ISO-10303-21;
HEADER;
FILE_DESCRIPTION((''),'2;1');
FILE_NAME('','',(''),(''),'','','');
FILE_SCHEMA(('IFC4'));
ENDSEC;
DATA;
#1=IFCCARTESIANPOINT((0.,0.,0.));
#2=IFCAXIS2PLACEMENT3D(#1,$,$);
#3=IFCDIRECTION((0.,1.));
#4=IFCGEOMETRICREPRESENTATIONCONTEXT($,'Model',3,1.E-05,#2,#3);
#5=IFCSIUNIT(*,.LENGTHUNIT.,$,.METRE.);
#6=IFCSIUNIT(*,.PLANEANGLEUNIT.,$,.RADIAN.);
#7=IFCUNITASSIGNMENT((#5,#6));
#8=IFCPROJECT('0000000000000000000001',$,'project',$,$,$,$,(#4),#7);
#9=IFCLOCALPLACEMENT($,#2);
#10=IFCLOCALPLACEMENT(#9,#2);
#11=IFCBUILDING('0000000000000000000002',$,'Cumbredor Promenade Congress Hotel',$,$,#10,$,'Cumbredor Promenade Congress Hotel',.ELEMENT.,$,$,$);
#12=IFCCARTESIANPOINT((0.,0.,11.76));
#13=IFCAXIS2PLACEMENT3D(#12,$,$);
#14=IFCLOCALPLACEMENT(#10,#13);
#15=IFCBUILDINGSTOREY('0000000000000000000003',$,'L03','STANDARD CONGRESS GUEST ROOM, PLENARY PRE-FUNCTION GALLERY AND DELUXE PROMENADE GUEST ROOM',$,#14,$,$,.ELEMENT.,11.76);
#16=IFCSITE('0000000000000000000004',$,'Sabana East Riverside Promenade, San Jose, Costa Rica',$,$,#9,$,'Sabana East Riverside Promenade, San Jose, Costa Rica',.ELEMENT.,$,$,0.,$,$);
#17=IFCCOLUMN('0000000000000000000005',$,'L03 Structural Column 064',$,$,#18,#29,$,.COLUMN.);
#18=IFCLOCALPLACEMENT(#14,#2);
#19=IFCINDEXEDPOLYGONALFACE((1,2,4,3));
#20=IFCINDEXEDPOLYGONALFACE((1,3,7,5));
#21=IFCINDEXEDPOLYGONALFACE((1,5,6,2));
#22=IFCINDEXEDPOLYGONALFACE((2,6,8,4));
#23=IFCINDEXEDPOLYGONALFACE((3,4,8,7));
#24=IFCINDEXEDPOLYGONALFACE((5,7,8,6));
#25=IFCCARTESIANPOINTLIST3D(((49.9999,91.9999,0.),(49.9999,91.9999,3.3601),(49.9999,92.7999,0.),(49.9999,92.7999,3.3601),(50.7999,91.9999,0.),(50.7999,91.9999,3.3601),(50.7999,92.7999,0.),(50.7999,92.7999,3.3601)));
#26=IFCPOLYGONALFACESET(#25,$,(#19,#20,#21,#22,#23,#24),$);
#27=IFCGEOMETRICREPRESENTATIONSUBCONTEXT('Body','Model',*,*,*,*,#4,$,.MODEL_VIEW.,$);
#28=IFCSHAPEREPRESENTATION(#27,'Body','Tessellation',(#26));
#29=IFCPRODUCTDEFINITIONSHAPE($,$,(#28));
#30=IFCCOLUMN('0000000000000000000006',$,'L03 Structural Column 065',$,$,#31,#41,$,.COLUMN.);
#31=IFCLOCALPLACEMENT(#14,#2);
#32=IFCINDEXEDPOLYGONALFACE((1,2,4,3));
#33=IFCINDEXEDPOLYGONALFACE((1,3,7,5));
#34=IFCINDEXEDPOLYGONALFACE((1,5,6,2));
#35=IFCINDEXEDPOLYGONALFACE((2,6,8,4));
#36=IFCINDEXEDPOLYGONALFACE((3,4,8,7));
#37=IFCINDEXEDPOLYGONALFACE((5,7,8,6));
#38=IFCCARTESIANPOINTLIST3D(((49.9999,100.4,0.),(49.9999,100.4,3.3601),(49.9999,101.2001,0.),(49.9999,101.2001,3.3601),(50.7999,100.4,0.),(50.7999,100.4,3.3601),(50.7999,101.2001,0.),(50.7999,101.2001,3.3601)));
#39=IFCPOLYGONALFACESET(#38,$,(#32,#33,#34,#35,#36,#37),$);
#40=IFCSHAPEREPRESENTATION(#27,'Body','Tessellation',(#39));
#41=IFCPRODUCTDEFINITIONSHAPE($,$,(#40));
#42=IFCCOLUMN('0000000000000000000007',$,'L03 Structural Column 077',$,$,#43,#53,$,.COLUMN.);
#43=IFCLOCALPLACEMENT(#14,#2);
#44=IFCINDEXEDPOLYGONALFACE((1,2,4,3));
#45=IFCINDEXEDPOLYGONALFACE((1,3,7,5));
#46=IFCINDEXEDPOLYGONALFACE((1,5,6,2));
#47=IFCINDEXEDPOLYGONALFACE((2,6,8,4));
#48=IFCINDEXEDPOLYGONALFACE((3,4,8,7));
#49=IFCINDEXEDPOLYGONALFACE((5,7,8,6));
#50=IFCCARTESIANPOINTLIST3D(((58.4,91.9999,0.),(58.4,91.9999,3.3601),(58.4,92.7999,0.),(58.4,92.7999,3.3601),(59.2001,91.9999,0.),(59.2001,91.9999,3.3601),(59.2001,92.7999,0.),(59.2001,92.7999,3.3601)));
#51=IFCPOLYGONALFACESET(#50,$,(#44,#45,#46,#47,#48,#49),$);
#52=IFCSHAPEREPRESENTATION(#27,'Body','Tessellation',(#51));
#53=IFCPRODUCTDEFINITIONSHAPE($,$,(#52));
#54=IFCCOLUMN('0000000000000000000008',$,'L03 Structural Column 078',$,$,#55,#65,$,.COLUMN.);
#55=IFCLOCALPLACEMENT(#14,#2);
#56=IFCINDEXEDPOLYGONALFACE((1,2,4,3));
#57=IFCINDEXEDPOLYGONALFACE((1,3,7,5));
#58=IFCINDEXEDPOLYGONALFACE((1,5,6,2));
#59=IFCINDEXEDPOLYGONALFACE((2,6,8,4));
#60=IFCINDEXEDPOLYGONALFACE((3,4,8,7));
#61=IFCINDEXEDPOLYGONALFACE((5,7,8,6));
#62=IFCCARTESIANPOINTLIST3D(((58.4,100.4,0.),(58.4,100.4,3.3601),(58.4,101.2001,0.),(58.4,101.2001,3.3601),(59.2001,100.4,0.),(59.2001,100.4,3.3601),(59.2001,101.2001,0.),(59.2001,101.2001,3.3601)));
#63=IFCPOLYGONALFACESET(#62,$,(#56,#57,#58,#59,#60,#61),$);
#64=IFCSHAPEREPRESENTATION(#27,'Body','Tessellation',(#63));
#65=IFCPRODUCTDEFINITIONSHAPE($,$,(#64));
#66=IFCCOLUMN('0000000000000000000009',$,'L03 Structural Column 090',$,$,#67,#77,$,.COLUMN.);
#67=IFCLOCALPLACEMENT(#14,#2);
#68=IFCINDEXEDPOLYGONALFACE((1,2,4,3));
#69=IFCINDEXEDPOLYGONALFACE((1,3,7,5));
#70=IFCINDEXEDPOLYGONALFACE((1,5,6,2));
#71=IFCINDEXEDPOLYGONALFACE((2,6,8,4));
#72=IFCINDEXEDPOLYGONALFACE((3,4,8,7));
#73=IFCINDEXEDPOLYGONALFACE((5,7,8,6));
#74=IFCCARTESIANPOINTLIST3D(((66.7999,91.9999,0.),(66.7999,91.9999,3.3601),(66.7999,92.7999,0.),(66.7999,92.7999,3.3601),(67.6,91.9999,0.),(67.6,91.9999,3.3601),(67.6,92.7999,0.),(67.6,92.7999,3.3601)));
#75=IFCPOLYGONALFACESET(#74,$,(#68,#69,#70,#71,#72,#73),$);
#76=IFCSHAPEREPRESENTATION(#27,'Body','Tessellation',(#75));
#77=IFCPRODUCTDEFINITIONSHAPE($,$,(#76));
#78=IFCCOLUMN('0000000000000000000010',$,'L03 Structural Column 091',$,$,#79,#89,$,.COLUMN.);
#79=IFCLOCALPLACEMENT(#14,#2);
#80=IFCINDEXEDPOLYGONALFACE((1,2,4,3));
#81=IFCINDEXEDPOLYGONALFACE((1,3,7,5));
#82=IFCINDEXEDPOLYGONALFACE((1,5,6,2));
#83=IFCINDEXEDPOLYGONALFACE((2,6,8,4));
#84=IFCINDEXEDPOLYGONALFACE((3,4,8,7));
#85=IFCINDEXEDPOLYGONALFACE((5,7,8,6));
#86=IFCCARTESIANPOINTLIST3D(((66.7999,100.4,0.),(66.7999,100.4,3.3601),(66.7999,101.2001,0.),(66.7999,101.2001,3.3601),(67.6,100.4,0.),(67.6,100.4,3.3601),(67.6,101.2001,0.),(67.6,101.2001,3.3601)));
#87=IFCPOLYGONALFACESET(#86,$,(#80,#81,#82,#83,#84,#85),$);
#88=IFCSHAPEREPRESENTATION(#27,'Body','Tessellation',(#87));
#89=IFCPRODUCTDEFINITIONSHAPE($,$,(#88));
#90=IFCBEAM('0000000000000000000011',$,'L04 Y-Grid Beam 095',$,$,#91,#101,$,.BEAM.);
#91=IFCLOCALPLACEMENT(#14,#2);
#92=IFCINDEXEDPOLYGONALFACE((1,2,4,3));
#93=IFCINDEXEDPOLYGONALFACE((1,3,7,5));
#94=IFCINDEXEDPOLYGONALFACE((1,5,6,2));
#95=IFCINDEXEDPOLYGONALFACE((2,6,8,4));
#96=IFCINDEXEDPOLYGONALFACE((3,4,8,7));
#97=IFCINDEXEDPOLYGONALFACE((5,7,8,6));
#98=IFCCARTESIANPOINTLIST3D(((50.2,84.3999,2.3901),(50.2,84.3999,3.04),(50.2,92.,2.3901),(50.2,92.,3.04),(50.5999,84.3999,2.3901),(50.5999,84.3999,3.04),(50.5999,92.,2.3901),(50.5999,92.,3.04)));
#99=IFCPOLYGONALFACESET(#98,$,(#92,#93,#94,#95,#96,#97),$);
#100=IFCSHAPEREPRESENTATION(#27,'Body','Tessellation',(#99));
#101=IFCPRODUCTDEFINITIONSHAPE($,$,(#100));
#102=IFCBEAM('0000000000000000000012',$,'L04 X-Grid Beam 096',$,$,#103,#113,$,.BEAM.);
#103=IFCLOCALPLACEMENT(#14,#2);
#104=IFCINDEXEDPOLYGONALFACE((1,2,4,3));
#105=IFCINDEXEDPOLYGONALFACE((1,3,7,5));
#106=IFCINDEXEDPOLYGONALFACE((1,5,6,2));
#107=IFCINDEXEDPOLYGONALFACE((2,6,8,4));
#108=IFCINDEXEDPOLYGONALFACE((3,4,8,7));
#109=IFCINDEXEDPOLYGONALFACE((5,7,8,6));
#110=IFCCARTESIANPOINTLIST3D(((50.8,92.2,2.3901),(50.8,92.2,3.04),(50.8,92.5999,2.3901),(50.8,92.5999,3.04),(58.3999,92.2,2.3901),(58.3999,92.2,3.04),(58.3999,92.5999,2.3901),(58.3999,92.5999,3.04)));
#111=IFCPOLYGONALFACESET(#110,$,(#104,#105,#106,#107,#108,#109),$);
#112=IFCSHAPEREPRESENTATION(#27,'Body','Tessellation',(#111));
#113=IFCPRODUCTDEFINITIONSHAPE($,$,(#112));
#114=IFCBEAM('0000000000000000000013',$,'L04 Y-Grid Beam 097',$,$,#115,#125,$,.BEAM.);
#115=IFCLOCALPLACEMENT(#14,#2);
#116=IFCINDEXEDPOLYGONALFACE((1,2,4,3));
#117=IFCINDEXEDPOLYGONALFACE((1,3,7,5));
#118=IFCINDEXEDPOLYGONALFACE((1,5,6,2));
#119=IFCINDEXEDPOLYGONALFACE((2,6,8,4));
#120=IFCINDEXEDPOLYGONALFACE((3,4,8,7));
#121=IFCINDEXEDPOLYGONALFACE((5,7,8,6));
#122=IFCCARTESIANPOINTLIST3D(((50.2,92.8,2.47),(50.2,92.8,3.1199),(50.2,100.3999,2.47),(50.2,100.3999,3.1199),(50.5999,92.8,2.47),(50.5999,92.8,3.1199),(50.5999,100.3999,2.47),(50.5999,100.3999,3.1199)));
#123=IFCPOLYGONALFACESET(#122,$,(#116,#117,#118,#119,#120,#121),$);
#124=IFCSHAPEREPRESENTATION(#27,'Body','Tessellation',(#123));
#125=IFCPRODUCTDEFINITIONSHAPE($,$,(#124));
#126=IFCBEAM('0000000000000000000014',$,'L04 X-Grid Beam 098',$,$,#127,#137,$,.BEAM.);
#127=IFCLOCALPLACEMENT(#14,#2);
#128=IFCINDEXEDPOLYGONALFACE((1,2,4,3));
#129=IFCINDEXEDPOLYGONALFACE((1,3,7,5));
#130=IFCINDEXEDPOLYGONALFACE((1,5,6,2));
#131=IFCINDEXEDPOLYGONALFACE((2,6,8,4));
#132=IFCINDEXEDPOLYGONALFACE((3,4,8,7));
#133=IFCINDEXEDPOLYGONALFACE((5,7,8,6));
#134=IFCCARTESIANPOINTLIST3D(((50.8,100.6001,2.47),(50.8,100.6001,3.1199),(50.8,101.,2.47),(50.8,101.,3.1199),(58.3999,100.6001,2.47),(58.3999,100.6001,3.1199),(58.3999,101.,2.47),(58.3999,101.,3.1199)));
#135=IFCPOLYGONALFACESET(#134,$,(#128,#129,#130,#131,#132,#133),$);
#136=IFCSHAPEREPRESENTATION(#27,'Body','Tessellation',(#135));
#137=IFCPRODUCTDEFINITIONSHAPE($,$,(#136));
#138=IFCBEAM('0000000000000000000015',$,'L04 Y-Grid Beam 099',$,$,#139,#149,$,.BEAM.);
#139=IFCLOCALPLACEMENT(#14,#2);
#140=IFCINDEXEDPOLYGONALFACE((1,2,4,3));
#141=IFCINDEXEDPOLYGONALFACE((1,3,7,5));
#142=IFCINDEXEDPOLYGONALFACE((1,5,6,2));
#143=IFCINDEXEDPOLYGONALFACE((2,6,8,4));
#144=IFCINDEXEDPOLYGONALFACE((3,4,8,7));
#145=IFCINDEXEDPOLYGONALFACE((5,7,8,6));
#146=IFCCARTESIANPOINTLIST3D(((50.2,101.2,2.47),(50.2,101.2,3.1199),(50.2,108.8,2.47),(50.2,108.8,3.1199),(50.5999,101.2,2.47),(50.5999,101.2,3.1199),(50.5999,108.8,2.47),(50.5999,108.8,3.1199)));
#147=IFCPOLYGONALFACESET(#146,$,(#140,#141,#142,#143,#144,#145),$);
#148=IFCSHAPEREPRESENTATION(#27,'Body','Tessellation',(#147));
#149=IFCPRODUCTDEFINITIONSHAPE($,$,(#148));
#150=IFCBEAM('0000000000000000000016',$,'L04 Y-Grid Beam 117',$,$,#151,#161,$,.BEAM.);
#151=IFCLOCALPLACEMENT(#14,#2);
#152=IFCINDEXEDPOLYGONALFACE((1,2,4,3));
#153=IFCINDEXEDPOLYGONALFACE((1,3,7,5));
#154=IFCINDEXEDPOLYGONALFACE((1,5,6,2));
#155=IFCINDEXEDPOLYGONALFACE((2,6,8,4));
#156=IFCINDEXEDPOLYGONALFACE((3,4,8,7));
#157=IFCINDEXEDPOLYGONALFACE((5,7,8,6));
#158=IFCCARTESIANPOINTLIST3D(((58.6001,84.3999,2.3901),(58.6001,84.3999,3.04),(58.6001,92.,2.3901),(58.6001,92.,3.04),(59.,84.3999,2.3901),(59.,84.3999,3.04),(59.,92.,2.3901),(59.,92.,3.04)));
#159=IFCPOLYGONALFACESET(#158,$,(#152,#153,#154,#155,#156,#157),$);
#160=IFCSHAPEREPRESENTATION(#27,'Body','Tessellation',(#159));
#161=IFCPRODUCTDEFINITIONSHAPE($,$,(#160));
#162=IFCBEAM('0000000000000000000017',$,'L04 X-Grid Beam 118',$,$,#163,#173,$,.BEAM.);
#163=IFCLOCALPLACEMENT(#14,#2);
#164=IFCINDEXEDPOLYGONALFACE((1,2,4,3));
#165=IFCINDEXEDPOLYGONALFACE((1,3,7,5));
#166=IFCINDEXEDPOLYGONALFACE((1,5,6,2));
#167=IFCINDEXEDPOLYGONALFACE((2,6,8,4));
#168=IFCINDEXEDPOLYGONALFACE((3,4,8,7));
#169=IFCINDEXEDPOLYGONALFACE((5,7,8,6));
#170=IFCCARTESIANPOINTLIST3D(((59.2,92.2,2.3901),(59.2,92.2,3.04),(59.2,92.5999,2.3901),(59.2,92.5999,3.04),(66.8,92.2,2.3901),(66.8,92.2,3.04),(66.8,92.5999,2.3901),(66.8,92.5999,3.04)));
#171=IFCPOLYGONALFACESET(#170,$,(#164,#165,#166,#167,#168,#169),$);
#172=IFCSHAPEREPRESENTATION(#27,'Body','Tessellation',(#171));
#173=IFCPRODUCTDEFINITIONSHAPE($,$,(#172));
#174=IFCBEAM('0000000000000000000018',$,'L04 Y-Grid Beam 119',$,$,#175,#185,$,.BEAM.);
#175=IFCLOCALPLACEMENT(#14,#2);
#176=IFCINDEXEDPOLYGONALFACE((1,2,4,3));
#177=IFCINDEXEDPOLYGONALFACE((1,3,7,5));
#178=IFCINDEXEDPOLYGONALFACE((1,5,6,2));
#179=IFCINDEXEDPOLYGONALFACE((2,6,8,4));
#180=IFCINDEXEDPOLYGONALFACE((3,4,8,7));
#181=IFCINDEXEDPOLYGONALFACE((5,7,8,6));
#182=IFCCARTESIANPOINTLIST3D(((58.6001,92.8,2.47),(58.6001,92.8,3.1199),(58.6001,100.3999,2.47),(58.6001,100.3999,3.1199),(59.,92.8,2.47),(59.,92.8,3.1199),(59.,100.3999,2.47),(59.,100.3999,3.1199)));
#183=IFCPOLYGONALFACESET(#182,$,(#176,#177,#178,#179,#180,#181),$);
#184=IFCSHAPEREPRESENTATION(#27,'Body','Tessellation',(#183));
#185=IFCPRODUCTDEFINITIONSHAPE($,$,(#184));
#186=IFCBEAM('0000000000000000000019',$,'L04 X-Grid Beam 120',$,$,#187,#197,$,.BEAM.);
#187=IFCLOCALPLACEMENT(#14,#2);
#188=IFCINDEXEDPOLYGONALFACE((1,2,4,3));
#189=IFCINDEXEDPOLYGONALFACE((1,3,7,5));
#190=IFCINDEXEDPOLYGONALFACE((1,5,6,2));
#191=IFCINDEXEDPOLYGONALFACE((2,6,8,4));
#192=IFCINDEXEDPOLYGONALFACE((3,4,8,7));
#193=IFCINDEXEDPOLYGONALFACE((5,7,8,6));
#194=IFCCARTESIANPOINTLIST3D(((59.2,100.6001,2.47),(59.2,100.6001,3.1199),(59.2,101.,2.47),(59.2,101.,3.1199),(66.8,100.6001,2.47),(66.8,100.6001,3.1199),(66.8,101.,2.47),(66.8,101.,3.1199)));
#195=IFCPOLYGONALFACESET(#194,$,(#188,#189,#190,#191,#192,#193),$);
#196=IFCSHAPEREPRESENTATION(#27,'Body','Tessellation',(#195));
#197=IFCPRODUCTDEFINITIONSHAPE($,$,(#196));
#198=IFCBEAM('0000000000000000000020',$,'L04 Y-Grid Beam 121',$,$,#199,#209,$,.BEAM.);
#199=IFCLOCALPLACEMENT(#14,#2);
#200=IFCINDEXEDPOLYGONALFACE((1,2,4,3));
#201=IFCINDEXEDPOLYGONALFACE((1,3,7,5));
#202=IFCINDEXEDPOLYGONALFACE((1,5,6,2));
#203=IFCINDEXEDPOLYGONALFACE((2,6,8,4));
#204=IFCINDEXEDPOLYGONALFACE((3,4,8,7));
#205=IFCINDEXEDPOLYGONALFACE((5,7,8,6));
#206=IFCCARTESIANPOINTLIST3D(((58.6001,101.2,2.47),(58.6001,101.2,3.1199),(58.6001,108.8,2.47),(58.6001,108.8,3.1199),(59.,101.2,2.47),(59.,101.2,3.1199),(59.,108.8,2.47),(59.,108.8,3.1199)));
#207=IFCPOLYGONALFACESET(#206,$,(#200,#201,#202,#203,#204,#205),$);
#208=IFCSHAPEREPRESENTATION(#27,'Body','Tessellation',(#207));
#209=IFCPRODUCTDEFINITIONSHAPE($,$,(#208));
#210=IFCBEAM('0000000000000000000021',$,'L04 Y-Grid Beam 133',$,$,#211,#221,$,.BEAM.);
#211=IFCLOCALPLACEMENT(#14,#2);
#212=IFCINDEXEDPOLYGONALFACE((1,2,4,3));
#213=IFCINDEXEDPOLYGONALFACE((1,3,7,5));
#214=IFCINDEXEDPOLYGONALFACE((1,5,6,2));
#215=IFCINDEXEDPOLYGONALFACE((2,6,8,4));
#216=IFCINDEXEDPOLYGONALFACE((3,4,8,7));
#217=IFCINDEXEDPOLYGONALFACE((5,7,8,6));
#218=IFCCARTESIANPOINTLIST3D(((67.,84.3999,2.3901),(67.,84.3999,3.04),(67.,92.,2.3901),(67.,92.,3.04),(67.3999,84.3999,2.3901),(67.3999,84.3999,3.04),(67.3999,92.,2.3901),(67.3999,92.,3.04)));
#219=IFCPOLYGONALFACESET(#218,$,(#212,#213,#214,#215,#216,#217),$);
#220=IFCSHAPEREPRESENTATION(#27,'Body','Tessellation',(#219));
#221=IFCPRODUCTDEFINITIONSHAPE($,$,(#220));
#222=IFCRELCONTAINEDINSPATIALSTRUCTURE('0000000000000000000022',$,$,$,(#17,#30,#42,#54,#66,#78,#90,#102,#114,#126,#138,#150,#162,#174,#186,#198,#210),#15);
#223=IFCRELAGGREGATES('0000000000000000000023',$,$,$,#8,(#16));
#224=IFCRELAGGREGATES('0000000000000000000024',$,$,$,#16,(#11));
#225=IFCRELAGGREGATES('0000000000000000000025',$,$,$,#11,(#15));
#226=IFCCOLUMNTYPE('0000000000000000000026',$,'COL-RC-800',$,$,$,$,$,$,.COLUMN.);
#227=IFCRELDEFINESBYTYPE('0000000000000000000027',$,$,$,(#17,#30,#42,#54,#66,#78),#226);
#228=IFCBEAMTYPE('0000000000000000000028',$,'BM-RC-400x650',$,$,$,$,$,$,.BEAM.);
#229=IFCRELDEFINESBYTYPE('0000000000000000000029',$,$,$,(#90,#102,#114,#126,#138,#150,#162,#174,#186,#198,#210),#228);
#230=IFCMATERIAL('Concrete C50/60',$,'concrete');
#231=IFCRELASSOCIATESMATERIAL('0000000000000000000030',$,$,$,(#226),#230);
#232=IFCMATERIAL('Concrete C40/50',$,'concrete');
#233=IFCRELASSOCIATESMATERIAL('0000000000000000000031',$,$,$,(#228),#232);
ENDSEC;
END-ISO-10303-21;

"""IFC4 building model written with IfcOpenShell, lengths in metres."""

from ifc_helpers import new_model, si_unit, direction, frame, origin, origin_2d, place, context, subcontext, project, spatial, rectangle, extrude, material, material_profile, profile_set, type_object, element, save


model = new_model("IFC4")

# Units and contexts
model_context = context("Model", 3, precision=1e-05, world=origin(), true_north=direction((0.0, 1.0)))
body_context = subcontext(model_context, "Body", "Model", "MODEL_VIEW")
ifc_project = project(units=[si_unit("LENGTHUNIT", "METRE"), si_unit("PLANEANGLEUNIT", "RADIAN")], contexts=[model_context])

# Site, building, storey
site_placement = place(None, origin())
site = spatial("IfcSite", under=ifc_project, at=site_placement, Name="Sabana East Riverside Promenade, San Jose, Costa Rica", LongName="Sabana East Riverside Promenade, San Jose, Costa Rica", CompositionType="ELEMENT", RefElevation=0.0)
building_placement = place(site_placement, origin())
building = spatial("IfcBuilding", under=site, at=building_placement, Name="Cumbredor Promenade Congress Hotel", LongName="Cumbredor Promenade Congress Hotel", CompositionType="ELEMENT")
storey_placement = place(building_placement, frame((0.0, 0.0, 11.76)))
storey = spatial("IfcBuildingStorey", under=building, at=storey_placement, Name="L03", Description="STANDARD CONGRESS GUEST ROOM, PLENARY PRE-FUNCTION GALLERY AND DELUXE PROMENADE GUEST ROOM", CompositionType="ELEMENT", Elevation=11.76)

# Columns
ifc_material_1 = material(Name="Concrete C50/60", Category="concrete")
ifc_material_profile_1 = material_profile(ifc_material_1, rectangle(XDim=0.8, YDim=0.8, at=origin_2d()), Name="RC 800x800")
ifc_profile_set_1 = profile_set([ifc_material_profile_1], Name="Concrete C50/60")
column_type = type_object("IfcColumnType", Name="COL-RC-800", PredefinedType="COLUMN", material=ifc_profile_set_1)
for number, where, z_axis, x_axis, name in (
    (1, (50.3999, 92.3999, 0.0), (0.0, 0.0, 1.0), (1.0, 0.0, 0.0), "L03 Structural Column 064"),
    (2, (50.3999, 100.8, 0.0), (0.0, 0.0, 1.0), (1.0, 0.0, 0.0), "L03 Structural Column 065"),
    (3, (58.8, 92.3999, 0.0), (0.0, 0.0, 1.0), (1.0, 0.0, 0.0), "L03 Structural Column 077"),
    (4, (58.8, 100.8, 0.0), (0.0, 0.0, 1.0), (1.0, 0.0, 0.0), "L03 Structural Column 078"),
    (5, (67.2, 92.3999, 0.0), (0.0, 0.0, 1.0), (1.0, 0.0, 0.0), "L03 Structural Column 090"),
    (6, (67.2, 100.8, 0.0), (0.0, 0.0, 1.0), (1.0, 0.0, 0.0), "L03 Structural Column 091"),
):
    element("IfcColumn", number, at=place(storey_placement, frame(where, z_axis=z_axis, x_axis=x_axis)), inside=storey, type_object=column_type, Name=name, PredefinedType="COLUMN", context=body_context, shape_type="SweptSolid", body=[
        extrude(rectangle(XDim=0.8, YDim=0.8, at=origin_2d()), origin(), (0.0, 0.0, 1.0), 3.3601),
    ])

# Beams
ifc_material_2 = material(Name="Concrete C40/50", Category="concrete")
ifc_material_profile_2 = material_profile(ifc_material_2, rectangle(XDim=0.3999, YDim=0.6499, at=origin_2d()), Name="RC BEAM 400x650")
ifc_profile_set_2 = profile_set([ifc_material_profile_2], Name="Concrete C40/50")
beam_type_1 = type_object("IfcBeamType", Name="BM-RC-400x650", PredefinedType="BEAM", material=ifc_profile_set_2)
beam_1_placement = place(storey_placement, frame((50.3999, 84.3999, 2.7151), z_axis=(0.0, 1.0, 0.0), x_axis=(-1.0, 0.0, 0.0)))
element("IfcBeam", 7, at=beam_1_placement, inside=storey, type_object=beam_type_1, Name="L04 Y-Grid Beam 095", PredefinedType="BEAM", context=body_context, shape_type="SweptSolid", body=[
    extrude(rectangle(XDim=0.3999, YDim=0.6499, at=origin_2d()), origin(), (0.0, 0.0, 1.0), 7.6001),
])
for number, where, z_axis, x_axis, name in (
    (8, (50.8, 92.3999, 2.7151), (1.0, 0.0, 0.0), (0.0, 1.0, 0.0), "L04 X-Grid Beam 096"),
    (9, (50.3999, 92.8, 2.7949), (0.0, 1.0, 0.0), (-1.0, 0.0, 0.0), "L04 Y-Grid Beam 097"),
    (10, (50.8, 100.8, 2.7949), (1.0, 0.0, 0.0), (0.0, 1.0, 0.0), "L04 X-Grid Beam 098"),
):
    element("IfcBeam", number, at=place(storey_placement, frame(where, z_axis=z_axis, x_axis=x_axis)), inside=storey, type_object=beam_type_1, Name=name, PredefinedType="BEAM", context=body_context, shape_type="SweptSolid", body=[
        extrude(rectangle(XDim=0.3999, YDim=0.6499, at=origin_2d()), origin(), (0.0, 0.0, 1.0), 7.5999),
    ])
for number, where, z_axis, x_axis, name in (
    (11, (50.3999, 101.2, 2.7949), (0.0, 1.0, 0.0), (-1.0, 0.0, 0.0), "L04 Y-Grid Beam 099"),
    (12, (58.8, 84.3999, 2.7151), (0.0, 1.0, 0.0), (-1.0, 0.0, 0.0), "L04 Y-Grid Beam 117"),
    (13, (59.2, 92.3999, 2.7151), (1.0, 0.0, 0.0), (0.0, 1.0, 0.0), "L04 X-Grid Beam 118"),
):
    element("IfcBeam", number, at=place(storey_placement, frame(where, z_axis=z_axis, x_axis=x_axis)), inside=storey, type_object=beam_type_1, Name=name, PredefinedType="BEAM", context=body_context, shape_type="SweptSolid", body=[
        extrude(rectangle(XDim=0.3999, YDim=0.6499, at=origin_2d()), origin(), (0.0, 0.0, 1.0), 7.6001),
    ])
beam_2_placement = place(storey_placement, frame((58.8, 92.8, 2.7949), z_axis=(0.0, 1.0, 0.0), x_axis=(-1.0, 0.0, 0.0)))
element("IfcBeam", 14, at=beam_2_placement, inside=storey, type_object=beam_type_1, Name="L04 Y-Grid Beam 119", PredefinedType="BEAM", context=body_context, shape_type="SweptSolid", body=[
    extrude(rectangle(XDim=0.3999, YDim=0.6499, at=origin_2d()), origin(), (0.0, 0.0, 1.0), 7.5999),
])
for number, where, z_axis, x_axis, name in (
    (15, (59.2, 100.8, 2.7949), (1.0, 0.0, 0.0), (0.0, 1.0, 0.0), "L04 X-Grid Beam 120"),
    (16, (58.8, 101.2, 2.7949), (0.0, 1.0, 0.0), (-1.0, 0.0, 0.0), "L04 Y-Grid Beam 121"),
    (17, (67.2, 84.3999, 2.7151), (0.0, 1.0, 0.0), (-1.0, 0.0, 0.0), "L04 Y-Grid Beam 133"),
):
    element("IfcBeam", number, at=place(storey_placement, frame(where, z_axis=z_axis, x_axis=x_axis)), inside=storey, type_object=beam_type_1, Name=name, PredefinedType="BEAM", context=body_context, shape_type="SweptSolid", body=[
        extrude(rectangle(XDim=0.3999, YDim=0.6499, at=origin_2d()), origin(), (0.0, 0.0, 1.0), 7.6001),
    ])

save(model, "model.ifc")
